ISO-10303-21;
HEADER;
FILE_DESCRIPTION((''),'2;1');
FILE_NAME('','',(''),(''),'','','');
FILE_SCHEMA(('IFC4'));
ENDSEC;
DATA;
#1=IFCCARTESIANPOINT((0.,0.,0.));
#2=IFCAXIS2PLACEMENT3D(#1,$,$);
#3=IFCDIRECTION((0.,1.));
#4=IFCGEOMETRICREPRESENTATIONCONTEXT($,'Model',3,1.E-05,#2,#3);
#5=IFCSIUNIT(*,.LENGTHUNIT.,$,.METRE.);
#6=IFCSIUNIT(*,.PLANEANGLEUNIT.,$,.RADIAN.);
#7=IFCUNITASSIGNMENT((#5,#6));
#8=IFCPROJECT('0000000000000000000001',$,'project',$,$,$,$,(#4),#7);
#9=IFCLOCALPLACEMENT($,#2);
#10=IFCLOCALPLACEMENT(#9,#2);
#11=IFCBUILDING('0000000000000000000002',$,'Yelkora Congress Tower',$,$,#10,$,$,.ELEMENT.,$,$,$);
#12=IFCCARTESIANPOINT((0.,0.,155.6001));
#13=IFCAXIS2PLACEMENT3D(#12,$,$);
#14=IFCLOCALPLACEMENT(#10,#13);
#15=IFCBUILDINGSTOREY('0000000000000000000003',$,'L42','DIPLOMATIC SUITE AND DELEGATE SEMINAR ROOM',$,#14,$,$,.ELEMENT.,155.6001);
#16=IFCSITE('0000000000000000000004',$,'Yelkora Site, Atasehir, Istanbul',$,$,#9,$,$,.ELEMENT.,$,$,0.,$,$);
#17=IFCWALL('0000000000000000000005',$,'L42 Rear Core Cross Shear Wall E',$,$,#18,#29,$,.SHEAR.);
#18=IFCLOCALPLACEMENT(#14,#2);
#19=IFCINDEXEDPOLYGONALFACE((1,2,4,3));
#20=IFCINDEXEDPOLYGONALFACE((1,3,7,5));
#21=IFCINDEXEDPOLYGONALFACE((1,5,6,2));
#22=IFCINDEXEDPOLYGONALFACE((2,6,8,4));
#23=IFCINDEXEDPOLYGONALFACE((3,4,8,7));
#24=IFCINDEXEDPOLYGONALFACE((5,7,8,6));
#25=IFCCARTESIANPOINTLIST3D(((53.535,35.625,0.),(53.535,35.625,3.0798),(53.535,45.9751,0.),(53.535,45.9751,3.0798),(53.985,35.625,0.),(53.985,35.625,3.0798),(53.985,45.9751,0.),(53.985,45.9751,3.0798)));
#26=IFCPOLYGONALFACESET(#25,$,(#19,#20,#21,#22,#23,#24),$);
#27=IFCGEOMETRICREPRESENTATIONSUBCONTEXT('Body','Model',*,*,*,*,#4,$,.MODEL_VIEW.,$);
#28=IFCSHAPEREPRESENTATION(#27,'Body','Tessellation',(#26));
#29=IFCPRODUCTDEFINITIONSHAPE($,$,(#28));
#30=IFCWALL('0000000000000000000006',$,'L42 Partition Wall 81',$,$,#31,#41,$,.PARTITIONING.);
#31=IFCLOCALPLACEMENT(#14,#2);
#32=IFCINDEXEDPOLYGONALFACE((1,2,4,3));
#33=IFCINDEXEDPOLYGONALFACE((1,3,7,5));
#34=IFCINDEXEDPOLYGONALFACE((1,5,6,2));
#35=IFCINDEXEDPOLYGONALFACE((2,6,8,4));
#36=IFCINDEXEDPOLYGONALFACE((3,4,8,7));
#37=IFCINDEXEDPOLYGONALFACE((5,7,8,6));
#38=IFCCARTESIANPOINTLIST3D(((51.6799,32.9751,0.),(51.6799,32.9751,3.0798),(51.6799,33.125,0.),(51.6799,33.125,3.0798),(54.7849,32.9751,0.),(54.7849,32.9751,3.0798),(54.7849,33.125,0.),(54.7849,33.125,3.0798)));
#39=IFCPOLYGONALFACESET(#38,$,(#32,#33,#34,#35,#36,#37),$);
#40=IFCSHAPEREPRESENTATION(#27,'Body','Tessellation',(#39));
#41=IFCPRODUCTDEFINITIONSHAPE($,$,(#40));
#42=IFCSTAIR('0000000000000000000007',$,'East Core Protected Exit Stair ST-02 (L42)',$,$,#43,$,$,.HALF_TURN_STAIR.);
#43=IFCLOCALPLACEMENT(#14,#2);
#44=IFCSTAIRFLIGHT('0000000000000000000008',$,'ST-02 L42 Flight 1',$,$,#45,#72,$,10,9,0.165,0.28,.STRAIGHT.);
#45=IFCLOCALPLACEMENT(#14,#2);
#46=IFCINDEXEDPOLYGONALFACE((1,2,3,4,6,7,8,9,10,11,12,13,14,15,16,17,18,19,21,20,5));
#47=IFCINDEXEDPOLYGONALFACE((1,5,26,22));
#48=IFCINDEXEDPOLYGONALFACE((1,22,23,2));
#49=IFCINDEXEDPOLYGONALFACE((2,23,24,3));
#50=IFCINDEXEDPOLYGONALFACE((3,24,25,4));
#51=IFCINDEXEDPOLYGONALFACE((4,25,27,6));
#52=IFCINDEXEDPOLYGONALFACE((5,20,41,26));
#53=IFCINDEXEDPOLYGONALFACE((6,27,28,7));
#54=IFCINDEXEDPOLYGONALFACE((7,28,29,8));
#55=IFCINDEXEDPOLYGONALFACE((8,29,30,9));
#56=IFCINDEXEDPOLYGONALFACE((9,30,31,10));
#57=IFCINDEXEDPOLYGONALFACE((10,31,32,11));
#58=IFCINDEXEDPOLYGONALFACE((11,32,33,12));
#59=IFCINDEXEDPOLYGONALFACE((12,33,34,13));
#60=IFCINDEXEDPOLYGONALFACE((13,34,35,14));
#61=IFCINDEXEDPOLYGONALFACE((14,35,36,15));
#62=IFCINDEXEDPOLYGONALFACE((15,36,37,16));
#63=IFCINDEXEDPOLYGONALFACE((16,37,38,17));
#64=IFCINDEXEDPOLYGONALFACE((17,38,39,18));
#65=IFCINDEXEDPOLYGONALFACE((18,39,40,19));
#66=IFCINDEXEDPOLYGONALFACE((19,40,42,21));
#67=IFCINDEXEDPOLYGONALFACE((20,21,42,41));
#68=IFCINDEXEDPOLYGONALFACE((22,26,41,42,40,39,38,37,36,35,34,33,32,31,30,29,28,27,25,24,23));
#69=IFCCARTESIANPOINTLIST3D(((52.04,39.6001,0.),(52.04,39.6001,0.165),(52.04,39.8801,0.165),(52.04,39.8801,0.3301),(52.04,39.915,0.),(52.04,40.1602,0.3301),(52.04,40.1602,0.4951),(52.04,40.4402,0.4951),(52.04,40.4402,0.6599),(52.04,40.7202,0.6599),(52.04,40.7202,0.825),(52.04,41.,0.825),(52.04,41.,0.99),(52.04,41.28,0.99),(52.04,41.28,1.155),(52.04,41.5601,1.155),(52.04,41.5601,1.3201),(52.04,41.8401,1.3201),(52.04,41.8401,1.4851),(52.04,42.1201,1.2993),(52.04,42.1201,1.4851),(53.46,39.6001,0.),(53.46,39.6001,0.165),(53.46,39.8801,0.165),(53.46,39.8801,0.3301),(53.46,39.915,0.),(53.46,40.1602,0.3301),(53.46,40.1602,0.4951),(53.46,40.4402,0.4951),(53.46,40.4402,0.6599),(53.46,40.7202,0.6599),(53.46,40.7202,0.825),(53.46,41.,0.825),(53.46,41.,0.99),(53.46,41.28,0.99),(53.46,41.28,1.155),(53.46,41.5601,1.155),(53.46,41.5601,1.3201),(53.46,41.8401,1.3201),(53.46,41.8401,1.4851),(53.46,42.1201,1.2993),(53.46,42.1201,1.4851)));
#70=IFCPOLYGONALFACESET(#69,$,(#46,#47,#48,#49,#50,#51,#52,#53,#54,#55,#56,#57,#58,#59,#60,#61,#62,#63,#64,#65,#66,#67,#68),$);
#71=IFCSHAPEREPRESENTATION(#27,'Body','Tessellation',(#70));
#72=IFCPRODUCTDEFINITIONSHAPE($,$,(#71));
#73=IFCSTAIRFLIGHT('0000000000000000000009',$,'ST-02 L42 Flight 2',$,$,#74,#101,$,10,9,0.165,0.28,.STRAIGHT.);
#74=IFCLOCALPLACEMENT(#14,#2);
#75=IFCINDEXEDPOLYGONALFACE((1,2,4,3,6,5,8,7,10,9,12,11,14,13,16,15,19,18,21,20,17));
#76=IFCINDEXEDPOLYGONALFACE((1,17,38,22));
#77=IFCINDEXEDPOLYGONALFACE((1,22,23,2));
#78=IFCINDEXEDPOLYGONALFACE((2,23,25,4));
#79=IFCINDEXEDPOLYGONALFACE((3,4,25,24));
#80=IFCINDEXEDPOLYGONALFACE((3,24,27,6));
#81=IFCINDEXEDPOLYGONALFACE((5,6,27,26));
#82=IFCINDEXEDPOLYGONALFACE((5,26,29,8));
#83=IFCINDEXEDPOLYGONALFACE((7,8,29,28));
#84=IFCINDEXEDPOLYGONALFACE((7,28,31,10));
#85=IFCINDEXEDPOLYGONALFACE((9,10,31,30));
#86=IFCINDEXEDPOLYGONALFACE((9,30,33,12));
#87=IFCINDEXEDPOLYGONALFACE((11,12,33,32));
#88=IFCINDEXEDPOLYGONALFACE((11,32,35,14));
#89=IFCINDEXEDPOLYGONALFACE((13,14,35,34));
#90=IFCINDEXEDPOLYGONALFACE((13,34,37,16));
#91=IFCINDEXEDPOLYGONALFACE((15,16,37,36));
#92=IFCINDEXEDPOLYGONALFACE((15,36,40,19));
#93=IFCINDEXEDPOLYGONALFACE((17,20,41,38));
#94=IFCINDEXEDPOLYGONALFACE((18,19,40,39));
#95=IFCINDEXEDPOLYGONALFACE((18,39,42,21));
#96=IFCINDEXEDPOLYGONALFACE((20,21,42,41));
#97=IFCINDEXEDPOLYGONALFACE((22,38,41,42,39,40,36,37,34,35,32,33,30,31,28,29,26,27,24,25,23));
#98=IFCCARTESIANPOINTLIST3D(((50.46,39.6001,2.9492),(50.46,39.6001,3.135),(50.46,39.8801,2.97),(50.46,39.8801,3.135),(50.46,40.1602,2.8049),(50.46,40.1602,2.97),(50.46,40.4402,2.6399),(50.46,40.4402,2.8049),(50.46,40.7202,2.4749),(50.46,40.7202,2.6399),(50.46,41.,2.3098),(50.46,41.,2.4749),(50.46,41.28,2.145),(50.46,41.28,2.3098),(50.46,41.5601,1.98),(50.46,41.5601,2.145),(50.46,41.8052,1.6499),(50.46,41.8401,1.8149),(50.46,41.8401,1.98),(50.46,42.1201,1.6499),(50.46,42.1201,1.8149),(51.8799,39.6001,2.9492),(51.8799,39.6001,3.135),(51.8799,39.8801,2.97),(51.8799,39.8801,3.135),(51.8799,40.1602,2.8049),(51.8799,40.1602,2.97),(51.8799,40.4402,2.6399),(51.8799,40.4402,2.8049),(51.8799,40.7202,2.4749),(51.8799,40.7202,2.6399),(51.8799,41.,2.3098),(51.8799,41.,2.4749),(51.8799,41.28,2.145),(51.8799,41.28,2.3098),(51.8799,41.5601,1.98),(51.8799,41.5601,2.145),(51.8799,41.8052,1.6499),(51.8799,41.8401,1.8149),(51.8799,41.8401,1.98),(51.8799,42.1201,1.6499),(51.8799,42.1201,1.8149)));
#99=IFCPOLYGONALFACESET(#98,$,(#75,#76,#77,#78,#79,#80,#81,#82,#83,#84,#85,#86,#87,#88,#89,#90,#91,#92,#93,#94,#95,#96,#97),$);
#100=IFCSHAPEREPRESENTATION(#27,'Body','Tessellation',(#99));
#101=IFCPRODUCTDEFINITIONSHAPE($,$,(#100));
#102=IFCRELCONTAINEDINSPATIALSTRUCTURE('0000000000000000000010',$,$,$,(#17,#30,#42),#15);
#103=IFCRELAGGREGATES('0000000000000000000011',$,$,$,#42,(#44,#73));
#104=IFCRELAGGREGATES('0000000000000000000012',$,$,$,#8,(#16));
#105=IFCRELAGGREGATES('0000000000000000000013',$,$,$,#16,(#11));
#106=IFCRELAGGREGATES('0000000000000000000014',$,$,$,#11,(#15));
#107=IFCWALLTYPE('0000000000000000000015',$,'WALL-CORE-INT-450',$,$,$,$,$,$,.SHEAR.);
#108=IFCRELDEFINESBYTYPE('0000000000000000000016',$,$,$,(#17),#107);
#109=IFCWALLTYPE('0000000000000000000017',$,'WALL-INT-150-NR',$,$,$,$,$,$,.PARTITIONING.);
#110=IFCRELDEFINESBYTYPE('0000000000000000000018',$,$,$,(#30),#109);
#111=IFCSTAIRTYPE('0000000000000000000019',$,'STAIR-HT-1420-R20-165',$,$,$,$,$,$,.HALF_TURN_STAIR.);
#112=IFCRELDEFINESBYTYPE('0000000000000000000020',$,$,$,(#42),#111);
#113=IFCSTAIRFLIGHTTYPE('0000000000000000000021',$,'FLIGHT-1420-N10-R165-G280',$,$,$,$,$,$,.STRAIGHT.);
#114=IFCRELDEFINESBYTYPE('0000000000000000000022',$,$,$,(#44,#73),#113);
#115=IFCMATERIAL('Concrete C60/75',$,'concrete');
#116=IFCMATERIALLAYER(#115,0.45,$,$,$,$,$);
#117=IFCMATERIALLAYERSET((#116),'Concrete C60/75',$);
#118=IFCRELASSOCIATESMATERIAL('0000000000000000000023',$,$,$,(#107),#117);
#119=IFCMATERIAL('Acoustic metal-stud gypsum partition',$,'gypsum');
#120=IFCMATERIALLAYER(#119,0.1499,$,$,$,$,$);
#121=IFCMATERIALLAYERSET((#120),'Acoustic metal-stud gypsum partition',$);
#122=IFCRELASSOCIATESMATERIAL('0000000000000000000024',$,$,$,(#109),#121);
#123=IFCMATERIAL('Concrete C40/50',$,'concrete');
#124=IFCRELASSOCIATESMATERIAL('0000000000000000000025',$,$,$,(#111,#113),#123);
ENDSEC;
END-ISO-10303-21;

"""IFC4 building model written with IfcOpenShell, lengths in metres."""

from ifc_helpers import new_model, si_unit, direction, frame, frame_2d, origin, place, context, subcontext, project, spatial, polyline, rectangle, outline, extrude, material, layer, layer_set, type_object, element, aggregate, save


model = new_model("IFC4")

# Units and contexts
model_context = context("Model", 3, precision=1e-05, world=origin(), true_north=direction((0.0, 1.0)))
body_context = subcontext(model_context, "Body", "Model", "MODEL_VIEW")
ifc_project = project(units=[si_unit("LENGTHUNIT", "METRE"), si_unit("PLANEANGLEUNIT", "RADIAN")], contexts=[model_context])

# Site, building, storey
site_placement = place(None, origin())
site = spatial("IfcSite", under=ifc_project, at=site_placement, Name="Yelkora Site, Atasehir, Istanbul", CompositionType="ELEMENT", RefElevation=0.0)
building_placement = place(site_placement, origin())
building = spatial("IfcBuilding", under=site, at=building_placement, Name="Yelkora Congress Tower", CompositionType="ELEMENT")
storey_placement = place(building_placement, frame((0.0, 0.0, 155.6001)))
storey = spatial("IfcBuildingStorey", under=building, at=storey_placement, Name="L42", Description="DIPLOMATIC SUITE AND DELEGATE SEMINAR ROOM", CompositionType="ELEMENT", Elevation=155.6001)

# Walls
ifc_material_1 = material(Name="Concrete C60/75", Category="concrete")
ifc_layer_1 = layer(ifc_material_1, 0.45)
ifc_layer_set_1 = layer_set([ifc_layer_1], Name="Concrete C60/75")
wall_type_1 = type_object("IfcWallType", Name="WALL-CORE-INT-450", PredefinedType="SHEAR", material=ifc_layer_set_1)
wall_1_placement = place(storey_placement, frame((53.76, 35.625, 0.0), z_axis=(0.0, 0.0, 1.0), x_axis=(0.0, 1.0, 0.0)))
element("IfcWall", 1, at=wall_1_placement, inside=storey, type_object=wall_type_1, Name="L42 Rear Core Cross Shear Wall E", PredefinedType="SHEAR", context=body_context, shape_type="SweptSolid", body=[
    extrude(rectangle(XDim=10.3501, YDim=0.45, at=frame_2d((5.175, 0.0))), origin(), (0.0, 0.0, 1.0), 3.0798),
])
ifc_material_2 = material(Name="Acoustic metal-stud gypsum partition", Category="gypsum")
ifc_layer_2 = layer(ifc_material_2, 0.1499)
ifc_layer_set_2 = layer_set([ifc_layer_2], Name="Acoustic metal-stud gypsum partition")
wall_type_2 = type_object("IfcWallType", Name="WALL-INT-150-NR", PredefinedType="PARTITIONING", material=ifc_layer_set_2)
wall_2_placement = place(storey_placement, frame((51.6799, 33.05, 0.0), z_axis=(0.0, 0.0, 1.0), x_axis=(1.0, 0.0, 0.0)))
element("IfcWall", 2, at=wall_2_placement, inside=storey, type_object=wall_type_2, Name="L42 Partition Wall 81", PredefinedType="PARTITIONING", context=body_context, shape_type="SweptSolid", body=[
    extrude(rectangle(XDim=3.105, YDim=0.1499, at=frame_2d((1.5525, 0.0))), origin(), (0.0, 0.0, 1.0), 3.0798),
])

# Stair, stair flights
ifc_material_3 = material(Name="Concrete C40/50", Category="concrete")
stair_type = type_object("IfcStairType", Name="STAIR-HT-1420-R20-165", PredefinedType="HALF_TURN_STAIR", material=ifc_material_3)
stair_placement = place(storey_placement, origin())
stair = element("IfcStair", 3, at=stair_placement, inside=storey, type_object=stair_type, Name="East Core Protected Exit Stair ST-02 (L42)", PredefinedType="HALF_TURN_STAIR")
stair_flight_type = type_object("IfcStairFlightType", Name="FLIGHT-1420-N10-R165-G280", PredefinedType="STRAIGHT", material=ifc_material_3)
stair_flight_1_placement = place(storey_placement, frame((52.75, 39.6001, 0.0), z_axis=(0.0, 0.0, 1.0), x_axis=(0.0, 1.0, 0.0)))
stair_flight_1 = element("IfcStairFlight", 4, at=stair_flight_1_placement, type_object=stair_flight_type, Name="ST-02 L42 Flight 1", NumberOfRisers=10, NumberOfTreads=9, PredefinedType="STRAIGHT", RiserHeight=0.165, TreadLength=0.28, context=body_context, shape_type="SweptSolid", body=[
    extrude(outline(polyline([(0.0, 0.0), (0.0, 0.165), (0.28, 0.165), (0.28, 0.3301), (0.5601, 0.3301), (0.5601, 0.4951), (0.8401, 0.4951), (0.8401, 0.6599), (1.1201, 0.6599), (1.1201, 0.825), (1.3999, 0.825), (1.3999, 0.99), (1.6799, 0.99), (1.6799, 1.155), (1.96, 1.155), (1.96, 1.3201), (2.24, 1.3201), (2.24, 1.4851), (2.52, 1.4851), (2.52, 1.6499), (2.52, 1.2993), (0.3149, 0.0), (0.0, 0.0)])), frame((0.0, 0.71, 0.0), z_axis=(0.0, -1.0, 0.0), x_axis=(1.0, 0.0, 0.0)), (0.0, 0.0, 1.0), 1.4199),
])
stair_flight_2_placement = place(storey_placement, frame((51.1699, 42.1201, 1.6499), z_axis=(0.0, 0.0, 1.0), x_axis=(0.0, -1.0, 0.0)))
stair_flight_2 = element("IfcStairFlight", 5, at=stair_flight_2_placement, type_object=stair_flight_type, Name="ST-02 L42 Flight 2", NumberOfRisers=10, NumberOfTreads=9, PredefinedType="STRAIGHT", RiserHeight=0.165, TreadLength=0.28, context=body_context, shape_type="SweptSolid", body=[
    extrude(outline(polyline([(0.0, 0.0), (0.0, 0.165), (0.28, 0.165), (0.28, 0.3301), (0.5601, 0.3301), (0.5601, 0.4951), (0.8401, 0.4951), (0.8401, 0.6599), (1.1201, 0.6599), (1.1201, 0.825), (1.3999, 0.825), (1.3999, 0.99), (1.6799, 0.99), (1.6799, 1.155), (1.96, 1.155), (1.96, 1.3201), (2.24, 1.3201), (2.24, 1.4851), (2.52, 1.4851), (2.52, 1.6499), (2.52, 1.2993), (0.3149, 0.0), (0.0, 0.0)])), frame((0.0, 0.71, 0.0), z_axis=(0.0, -1.0, 0.0), x_axis=(1.0, 0.0, 0.0)), (0.0, 0.0, 1.0), 1.4199),
])
aggregate(stair, [stair_flight_1, stair_flight_2])

save(model, "model.ifc")
